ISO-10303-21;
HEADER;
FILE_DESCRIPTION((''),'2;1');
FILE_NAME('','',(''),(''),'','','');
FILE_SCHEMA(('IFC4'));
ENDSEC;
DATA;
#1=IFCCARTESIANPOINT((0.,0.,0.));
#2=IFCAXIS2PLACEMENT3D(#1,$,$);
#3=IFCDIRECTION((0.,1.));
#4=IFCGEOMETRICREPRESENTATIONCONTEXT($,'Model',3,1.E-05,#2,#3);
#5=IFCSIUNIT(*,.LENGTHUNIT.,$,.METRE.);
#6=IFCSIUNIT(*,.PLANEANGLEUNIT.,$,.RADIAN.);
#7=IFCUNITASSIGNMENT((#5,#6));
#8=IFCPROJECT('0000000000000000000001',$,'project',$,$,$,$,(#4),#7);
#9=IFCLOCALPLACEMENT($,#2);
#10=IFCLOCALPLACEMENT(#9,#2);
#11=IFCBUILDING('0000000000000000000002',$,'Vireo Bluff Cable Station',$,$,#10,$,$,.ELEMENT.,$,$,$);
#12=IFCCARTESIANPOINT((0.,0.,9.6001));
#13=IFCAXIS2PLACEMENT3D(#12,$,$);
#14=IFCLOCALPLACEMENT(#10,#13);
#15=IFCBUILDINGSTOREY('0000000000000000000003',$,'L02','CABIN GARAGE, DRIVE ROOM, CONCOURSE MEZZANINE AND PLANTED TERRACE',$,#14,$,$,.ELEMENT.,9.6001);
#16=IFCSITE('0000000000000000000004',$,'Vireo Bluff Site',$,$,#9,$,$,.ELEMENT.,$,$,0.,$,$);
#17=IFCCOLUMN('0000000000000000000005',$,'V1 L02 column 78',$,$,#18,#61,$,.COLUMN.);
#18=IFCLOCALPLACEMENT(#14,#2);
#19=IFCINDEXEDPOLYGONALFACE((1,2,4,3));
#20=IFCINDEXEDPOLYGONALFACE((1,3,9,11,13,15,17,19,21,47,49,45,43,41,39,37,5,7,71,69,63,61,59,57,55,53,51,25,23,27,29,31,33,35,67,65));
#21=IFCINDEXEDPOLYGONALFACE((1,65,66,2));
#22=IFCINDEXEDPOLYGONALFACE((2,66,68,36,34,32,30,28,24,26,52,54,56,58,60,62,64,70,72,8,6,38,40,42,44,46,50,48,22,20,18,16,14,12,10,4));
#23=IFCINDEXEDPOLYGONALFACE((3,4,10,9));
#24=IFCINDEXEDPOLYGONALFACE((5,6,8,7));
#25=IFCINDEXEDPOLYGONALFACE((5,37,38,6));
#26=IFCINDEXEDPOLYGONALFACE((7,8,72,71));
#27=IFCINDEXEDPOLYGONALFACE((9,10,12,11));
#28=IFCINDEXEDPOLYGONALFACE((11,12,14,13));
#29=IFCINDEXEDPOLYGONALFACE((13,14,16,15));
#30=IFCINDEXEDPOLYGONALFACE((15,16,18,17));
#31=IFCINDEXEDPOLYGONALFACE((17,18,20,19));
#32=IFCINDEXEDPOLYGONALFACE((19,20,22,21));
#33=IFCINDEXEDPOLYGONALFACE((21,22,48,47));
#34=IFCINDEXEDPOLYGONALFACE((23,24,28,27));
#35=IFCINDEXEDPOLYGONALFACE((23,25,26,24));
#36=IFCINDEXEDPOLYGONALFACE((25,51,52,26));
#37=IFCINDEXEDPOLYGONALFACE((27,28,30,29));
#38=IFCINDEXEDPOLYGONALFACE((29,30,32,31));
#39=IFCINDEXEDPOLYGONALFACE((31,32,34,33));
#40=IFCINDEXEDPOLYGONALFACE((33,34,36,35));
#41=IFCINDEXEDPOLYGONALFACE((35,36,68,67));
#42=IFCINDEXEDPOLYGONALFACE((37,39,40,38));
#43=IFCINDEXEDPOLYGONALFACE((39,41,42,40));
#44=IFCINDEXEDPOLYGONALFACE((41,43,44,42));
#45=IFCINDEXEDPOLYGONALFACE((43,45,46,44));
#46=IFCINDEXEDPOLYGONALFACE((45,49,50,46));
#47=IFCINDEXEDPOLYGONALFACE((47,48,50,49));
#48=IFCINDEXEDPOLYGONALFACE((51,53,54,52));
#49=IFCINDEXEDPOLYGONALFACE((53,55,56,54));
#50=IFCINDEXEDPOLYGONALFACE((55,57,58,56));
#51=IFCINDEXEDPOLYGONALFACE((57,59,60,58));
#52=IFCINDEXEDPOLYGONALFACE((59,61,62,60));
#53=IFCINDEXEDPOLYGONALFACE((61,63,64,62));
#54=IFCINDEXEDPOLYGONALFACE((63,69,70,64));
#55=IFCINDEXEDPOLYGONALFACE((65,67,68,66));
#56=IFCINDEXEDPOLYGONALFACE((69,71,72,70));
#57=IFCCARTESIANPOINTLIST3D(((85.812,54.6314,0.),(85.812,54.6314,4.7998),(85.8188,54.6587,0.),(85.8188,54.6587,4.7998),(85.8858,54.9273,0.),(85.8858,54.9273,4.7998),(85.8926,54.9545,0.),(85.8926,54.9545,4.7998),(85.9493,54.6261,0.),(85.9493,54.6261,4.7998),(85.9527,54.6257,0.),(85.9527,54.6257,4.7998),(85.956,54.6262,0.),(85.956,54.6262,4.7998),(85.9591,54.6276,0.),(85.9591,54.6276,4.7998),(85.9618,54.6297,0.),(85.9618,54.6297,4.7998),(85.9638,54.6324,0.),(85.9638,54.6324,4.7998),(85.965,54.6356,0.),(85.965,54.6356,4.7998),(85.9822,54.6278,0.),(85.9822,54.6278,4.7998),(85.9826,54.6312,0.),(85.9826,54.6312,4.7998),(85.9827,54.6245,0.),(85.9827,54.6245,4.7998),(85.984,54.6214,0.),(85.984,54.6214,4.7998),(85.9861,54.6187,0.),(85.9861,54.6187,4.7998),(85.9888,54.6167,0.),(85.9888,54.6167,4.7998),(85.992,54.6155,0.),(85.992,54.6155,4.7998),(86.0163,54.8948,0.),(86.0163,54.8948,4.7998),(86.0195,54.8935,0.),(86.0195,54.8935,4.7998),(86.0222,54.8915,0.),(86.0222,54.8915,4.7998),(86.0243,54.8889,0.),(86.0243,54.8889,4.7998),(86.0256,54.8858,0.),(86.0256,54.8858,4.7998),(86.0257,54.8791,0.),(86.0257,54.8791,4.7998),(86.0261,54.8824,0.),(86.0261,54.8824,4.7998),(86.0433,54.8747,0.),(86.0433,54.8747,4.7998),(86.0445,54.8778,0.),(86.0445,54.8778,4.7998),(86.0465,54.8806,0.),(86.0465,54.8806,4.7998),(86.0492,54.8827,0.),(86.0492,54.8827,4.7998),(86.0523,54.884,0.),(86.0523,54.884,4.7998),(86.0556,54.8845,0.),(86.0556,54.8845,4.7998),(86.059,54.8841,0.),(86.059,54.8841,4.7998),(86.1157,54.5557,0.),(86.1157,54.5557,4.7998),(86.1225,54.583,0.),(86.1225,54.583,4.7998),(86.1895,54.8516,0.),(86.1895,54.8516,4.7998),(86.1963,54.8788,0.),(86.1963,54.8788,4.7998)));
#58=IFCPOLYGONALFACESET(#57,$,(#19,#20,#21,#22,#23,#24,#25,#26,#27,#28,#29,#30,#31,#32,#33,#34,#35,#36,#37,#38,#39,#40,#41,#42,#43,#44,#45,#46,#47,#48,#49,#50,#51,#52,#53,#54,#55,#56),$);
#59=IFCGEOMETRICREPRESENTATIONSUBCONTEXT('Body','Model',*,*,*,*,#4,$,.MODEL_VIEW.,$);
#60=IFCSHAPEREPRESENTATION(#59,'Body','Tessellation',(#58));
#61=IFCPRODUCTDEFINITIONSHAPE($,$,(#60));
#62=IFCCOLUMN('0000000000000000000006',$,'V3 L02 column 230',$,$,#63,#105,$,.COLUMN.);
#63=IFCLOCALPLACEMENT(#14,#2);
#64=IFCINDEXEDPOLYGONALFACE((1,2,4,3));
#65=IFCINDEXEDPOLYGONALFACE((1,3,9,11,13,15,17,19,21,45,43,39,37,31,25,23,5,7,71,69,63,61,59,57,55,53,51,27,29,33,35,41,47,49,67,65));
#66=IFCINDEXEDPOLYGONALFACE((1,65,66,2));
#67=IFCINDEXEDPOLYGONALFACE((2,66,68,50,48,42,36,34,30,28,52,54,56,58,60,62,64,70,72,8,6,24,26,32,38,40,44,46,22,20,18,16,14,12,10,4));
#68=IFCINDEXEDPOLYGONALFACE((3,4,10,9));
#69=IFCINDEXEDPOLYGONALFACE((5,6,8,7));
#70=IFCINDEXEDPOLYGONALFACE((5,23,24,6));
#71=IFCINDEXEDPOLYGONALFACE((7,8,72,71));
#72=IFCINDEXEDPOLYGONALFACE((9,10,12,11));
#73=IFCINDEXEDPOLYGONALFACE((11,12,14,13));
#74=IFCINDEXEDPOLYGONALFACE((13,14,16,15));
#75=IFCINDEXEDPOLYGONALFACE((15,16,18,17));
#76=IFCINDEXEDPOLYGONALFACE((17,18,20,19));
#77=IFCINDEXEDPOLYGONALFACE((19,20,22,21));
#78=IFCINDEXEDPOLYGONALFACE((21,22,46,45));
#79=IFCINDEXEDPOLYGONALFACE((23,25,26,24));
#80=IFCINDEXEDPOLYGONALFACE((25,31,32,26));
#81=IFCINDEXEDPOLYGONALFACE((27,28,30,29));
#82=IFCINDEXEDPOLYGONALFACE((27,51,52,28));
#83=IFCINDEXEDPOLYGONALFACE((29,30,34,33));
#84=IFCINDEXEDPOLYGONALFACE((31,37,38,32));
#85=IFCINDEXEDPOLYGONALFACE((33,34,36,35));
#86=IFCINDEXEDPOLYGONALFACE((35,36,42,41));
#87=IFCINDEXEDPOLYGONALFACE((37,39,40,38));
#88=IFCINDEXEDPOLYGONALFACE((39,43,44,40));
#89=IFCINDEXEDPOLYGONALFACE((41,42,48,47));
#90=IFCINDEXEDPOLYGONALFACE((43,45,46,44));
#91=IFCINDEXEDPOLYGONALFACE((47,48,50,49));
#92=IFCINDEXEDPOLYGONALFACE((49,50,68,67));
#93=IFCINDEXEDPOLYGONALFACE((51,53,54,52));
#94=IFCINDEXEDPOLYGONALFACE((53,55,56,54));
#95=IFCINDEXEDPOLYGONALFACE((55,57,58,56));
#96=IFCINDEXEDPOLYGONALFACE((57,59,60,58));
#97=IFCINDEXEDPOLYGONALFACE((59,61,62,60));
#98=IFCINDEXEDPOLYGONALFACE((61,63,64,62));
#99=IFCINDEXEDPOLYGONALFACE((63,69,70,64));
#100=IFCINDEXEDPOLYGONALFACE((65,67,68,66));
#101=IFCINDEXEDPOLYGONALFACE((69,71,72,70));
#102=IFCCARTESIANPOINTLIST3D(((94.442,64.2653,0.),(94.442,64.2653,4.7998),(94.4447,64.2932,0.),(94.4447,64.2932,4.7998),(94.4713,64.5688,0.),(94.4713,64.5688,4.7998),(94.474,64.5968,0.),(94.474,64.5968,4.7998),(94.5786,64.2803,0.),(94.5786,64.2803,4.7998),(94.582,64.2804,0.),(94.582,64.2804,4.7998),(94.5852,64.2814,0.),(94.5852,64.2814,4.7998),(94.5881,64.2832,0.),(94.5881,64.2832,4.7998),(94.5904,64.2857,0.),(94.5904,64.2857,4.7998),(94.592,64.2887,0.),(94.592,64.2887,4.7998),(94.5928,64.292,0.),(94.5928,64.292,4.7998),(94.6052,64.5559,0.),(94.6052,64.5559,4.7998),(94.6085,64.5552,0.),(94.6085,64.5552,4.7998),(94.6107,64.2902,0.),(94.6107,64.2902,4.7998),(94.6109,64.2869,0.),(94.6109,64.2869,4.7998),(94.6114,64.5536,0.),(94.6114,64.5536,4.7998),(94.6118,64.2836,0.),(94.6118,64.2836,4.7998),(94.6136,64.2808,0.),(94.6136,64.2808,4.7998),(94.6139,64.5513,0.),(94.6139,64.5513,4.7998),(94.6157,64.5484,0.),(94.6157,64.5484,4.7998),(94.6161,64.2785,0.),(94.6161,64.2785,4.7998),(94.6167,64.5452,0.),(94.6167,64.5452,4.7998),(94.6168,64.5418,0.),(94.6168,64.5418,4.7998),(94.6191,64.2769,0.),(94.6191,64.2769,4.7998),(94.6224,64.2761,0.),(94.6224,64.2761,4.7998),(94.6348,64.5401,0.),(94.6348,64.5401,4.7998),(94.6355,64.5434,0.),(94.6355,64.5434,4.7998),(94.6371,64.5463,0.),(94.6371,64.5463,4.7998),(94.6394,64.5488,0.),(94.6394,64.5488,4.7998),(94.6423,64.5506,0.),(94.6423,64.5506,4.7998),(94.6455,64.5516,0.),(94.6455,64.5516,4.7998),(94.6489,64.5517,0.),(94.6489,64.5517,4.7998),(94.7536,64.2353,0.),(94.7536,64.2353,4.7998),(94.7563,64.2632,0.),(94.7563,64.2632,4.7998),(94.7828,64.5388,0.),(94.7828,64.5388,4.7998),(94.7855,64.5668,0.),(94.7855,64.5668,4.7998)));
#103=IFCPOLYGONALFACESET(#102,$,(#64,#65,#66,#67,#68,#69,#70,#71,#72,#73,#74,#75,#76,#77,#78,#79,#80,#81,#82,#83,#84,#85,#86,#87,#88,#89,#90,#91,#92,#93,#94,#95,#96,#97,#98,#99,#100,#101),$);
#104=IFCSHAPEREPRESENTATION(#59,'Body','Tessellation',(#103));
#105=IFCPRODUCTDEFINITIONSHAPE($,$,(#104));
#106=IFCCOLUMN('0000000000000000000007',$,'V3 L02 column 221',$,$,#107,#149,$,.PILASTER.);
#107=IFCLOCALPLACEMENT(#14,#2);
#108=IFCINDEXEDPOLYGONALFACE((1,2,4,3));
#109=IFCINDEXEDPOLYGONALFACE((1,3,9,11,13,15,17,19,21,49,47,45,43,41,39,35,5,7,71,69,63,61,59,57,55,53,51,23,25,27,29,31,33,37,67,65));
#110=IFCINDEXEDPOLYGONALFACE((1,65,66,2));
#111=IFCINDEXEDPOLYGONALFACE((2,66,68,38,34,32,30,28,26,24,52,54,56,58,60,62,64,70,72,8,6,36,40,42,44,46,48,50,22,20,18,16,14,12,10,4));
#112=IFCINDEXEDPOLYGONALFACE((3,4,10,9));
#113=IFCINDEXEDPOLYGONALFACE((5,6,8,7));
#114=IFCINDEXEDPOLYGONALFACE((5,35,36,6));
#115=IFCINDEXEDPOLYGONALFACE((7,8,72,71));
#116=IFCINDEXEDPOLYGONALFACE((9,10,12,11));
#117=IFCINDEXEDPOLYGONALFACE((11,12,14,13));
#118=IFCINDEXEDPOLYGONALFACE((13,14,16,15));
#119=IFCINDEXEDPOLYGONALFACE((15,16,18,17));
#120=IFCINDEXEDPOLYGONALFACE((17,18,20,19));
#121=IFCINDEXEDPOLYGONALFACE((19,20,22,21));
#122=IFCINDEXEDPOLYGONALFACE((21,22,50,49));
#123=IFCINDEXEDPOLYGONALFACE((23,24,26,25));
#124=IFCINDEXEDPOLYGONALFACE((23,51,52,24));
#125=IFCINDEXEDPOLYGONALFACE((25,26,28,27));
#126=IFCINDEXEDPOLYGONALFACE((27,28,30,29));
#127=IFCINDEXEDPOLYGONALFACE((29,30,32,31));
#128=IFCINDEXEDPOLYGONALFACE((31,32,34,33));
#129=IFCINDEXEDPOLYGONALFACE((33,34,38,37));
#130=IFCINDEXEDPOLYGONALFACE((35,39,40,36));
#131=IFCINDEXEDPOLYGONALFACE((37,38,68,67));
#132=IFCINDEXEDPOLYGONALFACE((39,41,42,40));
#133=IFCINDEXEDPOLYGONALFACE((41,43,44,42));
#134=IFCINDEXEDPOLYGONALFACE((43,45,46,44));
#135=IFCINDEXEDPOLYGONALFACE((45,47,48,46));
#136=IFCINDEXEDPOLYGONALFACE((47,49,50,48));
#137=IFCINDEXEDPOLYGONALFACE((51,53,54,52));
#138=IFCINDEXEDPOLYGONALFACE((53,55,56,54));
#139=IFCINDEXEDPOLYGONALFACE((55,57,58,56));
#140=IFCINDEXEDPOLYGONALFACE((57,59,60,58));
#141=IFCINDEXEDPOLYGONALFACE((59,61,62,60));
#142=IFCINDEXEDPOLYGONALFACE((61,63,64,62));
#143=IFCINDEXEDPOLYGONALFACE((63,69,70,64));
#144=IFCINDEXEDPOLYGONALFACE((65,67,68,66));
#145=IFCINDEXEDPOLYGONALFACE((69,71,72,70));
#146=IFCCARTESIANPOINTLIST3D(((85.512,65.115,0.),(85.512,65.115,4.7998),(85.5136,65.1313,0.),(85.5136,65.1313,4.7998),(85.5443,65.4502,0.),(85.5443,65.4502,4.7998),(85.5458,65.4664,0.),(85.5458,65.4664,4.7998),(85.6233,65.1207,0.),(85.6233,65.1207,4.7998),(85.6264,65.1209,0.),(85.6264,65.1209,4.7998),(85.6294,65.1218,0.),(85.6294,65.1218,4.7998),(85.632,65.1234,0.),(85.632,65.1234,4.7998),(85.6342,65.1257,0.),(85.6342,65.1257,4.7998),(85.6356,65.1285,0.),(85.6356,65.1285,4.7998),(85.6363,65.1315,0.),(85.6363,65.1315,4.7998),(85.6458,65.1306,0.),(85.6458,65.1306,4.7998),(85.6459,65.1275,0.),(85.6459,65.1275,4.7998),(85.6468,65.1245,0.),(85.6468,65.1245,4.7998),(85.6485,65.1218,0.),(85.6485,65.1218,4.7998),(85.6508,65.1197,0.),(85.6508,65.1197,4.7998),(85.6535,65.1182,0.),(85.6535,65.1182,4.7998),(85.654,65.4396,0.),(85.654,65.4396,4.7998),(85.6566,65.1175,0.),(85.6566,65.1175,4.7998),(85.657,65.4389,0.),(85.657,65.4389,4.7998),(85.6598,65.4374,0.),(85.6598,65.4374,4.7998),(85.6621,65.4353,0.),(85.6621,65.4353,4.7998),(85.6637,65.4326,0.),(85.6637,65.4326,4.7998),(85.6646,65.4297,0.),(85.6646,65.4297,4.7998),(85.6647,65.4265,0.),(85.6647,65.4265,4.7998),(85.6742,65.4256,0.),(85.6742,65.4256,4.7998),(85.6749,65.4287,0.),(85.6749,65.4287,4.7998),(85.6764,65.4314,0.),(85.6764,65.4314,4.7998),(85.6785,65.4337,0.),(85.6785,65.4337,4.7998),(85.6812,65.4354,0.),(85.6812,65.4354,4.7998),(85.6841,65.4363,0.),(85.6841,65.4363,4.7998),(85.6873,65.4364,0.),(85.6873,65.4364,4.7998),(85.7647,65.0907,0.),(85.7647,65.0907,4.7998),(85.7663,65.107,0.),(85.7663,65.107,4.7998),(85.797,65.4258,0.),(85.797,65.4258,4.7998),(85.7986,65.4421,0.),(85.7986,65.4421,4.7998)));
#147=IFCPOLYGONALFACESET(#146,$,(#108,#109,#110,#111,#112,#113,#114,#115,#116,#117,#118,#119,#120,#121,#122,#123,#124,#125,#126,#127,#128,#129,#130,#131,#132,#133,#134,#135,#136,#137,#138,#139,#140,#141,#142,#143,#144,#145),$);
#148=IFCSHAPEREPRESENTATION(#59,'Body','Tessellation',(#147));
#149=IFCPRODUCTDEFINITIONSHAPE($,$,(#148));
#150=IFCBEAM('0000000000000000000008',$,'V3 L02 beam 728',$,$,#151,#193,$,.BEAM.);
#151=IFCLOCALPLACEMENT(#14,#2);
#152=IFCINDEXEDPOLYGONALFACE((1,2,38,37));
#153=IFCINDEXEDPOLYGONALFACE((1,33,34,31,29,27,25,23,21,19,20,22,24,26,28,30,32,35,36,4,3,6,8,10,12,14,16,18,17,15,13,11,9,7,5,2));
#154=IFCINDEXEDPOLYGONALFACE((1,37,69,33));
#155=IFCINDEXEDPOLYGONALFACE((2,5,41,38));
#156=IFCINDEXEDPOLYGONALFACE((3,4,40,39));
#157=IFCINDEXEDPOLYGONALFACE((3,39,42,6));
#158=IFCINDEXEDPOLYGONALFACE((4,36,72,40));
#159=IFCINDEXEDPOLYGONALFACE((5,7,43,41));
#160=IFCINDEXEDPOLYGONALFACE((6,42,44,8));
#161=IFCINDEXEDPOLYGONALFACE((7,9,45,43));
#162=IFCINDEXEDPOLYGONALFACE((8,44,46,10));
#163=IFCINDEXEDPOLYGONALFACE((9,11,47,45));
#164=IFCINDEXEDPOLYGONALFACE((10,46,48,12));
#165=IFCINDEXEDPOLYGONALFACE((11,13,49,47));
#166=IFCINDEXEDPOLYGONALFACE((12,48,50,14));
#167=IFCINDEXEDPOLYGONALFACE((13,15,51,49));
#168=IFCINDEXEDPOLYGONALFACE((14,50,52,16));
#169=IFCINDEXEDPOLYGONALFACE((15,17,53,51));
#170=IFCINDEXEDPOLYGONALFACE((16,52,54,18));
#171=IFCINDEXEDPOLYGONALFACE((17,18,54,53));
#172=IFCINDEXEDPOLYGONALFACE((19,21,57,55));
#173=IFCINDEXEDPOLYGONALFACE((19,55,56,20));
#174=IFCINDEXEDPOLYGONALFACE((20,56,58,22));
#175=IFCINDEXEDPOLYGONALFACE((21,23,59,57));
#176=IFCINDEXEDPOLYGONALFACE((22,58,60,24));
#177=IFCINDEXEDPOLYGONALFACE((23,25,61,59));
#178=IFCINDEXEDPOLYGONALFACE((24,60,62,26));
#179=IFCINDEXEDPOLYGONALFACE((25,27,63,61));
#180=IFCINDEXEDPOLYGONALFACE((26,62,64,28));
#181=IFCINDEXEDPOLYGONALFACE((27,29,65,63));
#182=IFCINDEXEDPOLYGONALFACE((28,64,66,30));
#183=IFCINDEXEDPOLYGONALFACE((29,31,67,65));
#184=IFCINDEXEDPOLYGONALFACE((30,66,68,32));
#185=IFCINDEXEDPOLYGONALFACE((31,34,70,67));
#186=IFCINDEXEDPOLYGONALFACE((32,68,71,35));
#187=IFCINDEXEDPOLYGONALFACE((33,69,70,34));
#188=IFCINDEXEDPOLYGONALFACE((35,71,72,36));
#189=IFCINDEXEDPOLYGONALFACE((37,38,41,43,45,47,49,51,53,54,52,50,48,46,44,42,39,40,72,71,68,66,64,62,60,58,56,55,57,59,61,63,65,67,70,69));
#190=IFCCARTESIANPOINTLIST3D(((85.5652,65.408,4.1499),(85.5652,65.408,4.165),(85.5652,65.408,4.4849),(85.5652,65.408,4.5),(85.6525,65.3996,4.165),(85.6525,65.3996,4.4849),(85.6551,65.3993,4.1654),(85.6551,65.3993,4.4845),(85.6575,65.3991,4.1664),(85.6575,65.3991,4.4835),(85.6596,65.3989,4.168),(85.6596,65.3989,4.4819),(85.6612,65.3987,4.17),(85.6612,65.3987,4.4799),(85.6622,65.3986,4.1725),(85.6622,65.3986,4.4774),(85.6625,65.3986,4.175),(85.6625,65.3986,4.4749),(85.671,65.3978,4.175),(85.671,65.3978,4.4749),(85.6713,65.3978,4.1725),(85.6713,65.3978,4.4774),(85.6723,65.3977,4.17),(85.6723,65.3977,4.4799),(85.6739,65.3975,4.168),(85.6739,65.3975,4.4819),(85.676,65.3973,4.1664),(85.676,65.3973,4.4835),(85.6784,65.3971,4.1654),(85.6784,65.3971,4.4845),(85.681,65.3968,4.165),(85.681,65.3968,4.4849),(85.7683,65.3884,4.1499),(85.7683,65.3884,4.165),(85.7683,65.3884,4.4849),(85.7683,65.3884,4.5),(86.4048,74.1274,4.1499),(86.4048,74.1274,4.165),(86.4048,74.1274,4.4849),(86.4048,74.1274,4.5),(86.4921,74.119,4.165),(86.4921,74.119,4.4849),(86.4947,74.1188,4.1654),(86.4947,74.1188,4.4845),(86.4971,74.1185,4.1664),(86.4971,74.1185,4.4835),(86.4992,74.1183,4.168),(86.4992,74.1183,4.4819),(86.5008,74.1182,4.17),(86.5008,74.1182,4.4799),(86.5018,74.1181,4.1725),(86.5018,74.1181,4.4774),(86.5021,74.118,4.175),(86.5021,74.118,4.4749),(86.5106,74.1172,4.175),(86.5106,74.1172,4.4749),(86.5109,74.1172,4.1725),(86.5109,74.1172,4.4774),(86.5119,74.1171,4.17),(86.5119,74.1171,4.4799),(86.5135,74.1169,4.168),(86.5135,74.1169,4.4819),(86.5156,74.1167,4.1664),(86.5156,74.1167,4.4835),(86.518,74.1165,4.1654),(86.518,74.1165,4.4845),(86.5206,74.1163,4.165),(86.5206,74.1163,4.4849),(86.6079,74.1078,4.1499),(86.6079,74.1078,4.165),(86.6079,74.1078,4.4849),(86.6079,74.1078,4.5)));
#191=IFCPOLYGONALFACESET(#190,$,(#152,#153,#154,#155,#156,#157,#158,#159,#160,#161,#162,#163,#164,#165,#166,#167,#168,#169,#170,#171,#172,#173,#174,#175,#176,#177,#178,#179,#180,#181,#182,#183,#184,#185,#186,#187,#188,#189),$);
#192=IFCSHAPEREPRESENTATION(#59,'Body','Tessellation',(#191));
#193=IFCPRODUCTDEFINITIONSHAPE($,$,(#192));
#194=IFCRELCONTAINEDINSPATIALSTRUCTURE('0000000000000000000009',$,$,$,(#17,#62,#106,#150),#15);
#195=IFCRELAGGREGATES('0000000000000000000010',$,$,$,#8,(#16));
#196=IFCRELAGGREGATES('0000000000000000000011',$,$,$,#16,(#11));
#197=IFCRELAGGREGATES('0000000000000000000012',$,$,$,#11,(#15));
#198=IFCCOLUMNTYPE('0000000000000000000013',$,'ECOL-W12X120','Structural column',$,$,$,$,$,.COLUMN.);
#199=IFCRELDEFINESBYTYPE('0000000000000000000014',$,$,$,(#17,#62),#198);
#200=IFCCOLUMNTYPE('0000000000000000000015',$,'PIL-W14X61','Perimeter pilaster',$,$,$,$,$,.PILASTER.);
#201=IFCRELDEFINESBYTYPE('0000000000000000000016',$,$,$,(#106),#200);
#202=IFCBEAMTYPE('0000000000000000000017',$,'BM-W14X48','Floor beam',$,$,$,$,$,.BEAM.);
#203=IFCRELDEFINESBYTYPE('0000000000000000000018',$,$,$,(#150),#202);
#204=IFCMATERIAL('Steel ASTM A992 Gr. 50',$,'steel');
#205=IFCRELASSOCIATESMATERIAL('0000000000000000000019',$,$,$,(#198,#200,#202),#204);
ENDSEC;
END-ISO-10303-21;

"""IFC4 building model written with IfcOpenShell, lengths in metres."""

from ifc_helpers import new_model, si_unit, direction, frame, origin, origin_2d, place, context, subcontext, project, spatial, i_section, extrude, material, material_profile, profile_set, type_object, element, save


model = new_model("IFC4")

# Units and contexts
model_context = context("Model", 3, precision=1e-05, world=origin(), true_north=direction((0.0, 1.0)))
body_context = subcontext(model_context, "Body", "Model", "MODEL_VIEW")
ifc_project = project(units=[si_unit("LENGTHUNIT", "METRE"), si_unit("PLANEANGLEUNIT", "RADIAN")], contexts=[model_context])

# Site, building, storey
site_placement = place(None, origin())
site = spatial("IfcSite", under=ifc_project, at=site_placement, Name="Vireo Bluff Site", CompositionType="ELEMENT", RefElevation=0.0)
building_placement = place(site_placement, origin())
building = spatial("IfcBuilding", under=site, at=building_placement, Name="Vireo Bluff Cable Station", CompositionType="ELEMENT")
storey_placement = place(building_placement, frame((0.0, 0.0, 9.6001)))
storey = spatial("IfcBuildingStorey", under=building, at=storey_placement, Name="L02", Description="CABIN GARAGE, DRIVE ROOM, CONCOURSE MEZZANINE AND PLANTED TERRACE", CompositionType="ELEMENT", Elevation=9.6001)

# Columns
ifc_material_1 = material(Name="Steel ASTM A992 Gr. 50", Category="steel")
ifc_material_profile_1 = material_profile(ifc_material_1, i_section(OverallWidth=0.313, OverallDepth=0.333, WebThickness=0.0181, FlangeThickness=0.0281, FilletRadius=0.0129, at=origin_2d()), Name="W12X120")
ifc_profile_set_1 = profile_set([ifc_material_profile_1], Name="Steel ASTM A992 Gr. 50")
column_type_1 = type_object("IfcColumnType", Name="ECOL-W12X120", Description="Structural column", PredefinedType="COLUMN", material=ifc_profile_set_1)
for number, where, z_axis, x_axis, name in (
    (1, (86.0042, 54.7551, 0.0), (0.0, 0.0, 1.0), (0.970296, -0.241922, 0.0), "V1 L02 column 78"),
    (2, (94.6138, 64.416, 0.0), (0.0, 0.0, 1.0), (0.995396, -0.095846, 0.0), "V3 L02 column 230"),
):
    element("IfcColumn", number, at=place(storey_placement, frame(where, z_axis=z_axis, x_axis=x_axis)), inside=storey, type_object=column_type_1, Name=name, PredefinedType="COLUMN", context=body_context, shape_type="SweptSolid", body=[
        extrude(i_section(OverallWidth=0.313, OverallDepth=0.333, WebThickness=0.0181, FlangeThickness=0.0281, FilletRadius=0.0129, at=origin_2d()), origin(), (0.0, 0.0, 1.0), 4.7998),
    ])
ifc_material_profile_2 = material_profile(ifc_material_1, i_section(OverallWidth=0.2539, OverallDepth=0.353, WebThickness=0.0095, FlangeThickness=0.0164, FilletRadius=0.012, at=origin_2d()), Name="W14X61")
ifc_profile_set_2 = profile_set([ifc_material_profile_2], Name="Steel ASTM A992 Gr. 50")
column_type_2 = type_object("IfcColumnType", Name="PIL-W14X61", Description="Perimeter pilaster", PredefinedType="PILASTER", material=ifc_profile_set_2)
column_placement = place(storey_placement, frame((85.6553, 65.2786, 0.0), z_axis=(0.0, 0.0, 1.0), x_axis=(0.995396, -0.095846, 0.0)))
element("IfcColumn", 3, at=column_placement, inside=storey, type_object=column_type_2, Name="V3 L02 column 221", PredefinedType="PILASTER", context=body_context, shape_type="SweptSolid", body=[
    extrude(i_section(OverallWidth=0.2539, OverallDepth=0.353, WebThickness=0.0095, FlangeThickness=0.0164, FilletRadius=0.012, at=origin_2d()), origin(), (0.0, 0.0, 1.0), 4.7998),
])

# Beam
ifc_material_profile_3 = material_profile(ifc_material_1, i_section(OverallWidth=0.2041, OverallDepth=0.3501, WebThickness=0.0085, FlangeThickness=0.0151, FilletRadius=0.01, at=origin_2d()), Name="W14X48")
ifc_profile_set_3 = profile_set([ifc_material_profile_3], Name="Steel ASTM A992 Gr. 50")
beam_type_1 = type_object("IfcBeamType", Name="BM-W14X48", Description="Floor beam", PredefinedType="BEAM", material=ifc_profile_set_3)
beam_1_placement = place(storey_placement, frame((85.6667, 65.3982, 4.325), z_axis=(0.095847, 0.995396, 0.0), x_axis=(-0.995396, 0.095847, 0.0)))
element("IfcBeam", 4, at=beam_1_placement, inside=storey, type_object=beam_type_1, Name="V3 L02 beam 728", PredefinedType="BEAM", context=body_context, shape_type="SweptSolid", body=[
    extrude(i_section(OverallWidth=0.2041, OverallDepth=0.3501, WebThickness=0.0085, FlangeThickness=0.0151, FilletRadius=0.01, at=origin_2d()), origin(), (0.0, 0.0, 1.0), 8.7598),
])

save(model, "model.ifc")
